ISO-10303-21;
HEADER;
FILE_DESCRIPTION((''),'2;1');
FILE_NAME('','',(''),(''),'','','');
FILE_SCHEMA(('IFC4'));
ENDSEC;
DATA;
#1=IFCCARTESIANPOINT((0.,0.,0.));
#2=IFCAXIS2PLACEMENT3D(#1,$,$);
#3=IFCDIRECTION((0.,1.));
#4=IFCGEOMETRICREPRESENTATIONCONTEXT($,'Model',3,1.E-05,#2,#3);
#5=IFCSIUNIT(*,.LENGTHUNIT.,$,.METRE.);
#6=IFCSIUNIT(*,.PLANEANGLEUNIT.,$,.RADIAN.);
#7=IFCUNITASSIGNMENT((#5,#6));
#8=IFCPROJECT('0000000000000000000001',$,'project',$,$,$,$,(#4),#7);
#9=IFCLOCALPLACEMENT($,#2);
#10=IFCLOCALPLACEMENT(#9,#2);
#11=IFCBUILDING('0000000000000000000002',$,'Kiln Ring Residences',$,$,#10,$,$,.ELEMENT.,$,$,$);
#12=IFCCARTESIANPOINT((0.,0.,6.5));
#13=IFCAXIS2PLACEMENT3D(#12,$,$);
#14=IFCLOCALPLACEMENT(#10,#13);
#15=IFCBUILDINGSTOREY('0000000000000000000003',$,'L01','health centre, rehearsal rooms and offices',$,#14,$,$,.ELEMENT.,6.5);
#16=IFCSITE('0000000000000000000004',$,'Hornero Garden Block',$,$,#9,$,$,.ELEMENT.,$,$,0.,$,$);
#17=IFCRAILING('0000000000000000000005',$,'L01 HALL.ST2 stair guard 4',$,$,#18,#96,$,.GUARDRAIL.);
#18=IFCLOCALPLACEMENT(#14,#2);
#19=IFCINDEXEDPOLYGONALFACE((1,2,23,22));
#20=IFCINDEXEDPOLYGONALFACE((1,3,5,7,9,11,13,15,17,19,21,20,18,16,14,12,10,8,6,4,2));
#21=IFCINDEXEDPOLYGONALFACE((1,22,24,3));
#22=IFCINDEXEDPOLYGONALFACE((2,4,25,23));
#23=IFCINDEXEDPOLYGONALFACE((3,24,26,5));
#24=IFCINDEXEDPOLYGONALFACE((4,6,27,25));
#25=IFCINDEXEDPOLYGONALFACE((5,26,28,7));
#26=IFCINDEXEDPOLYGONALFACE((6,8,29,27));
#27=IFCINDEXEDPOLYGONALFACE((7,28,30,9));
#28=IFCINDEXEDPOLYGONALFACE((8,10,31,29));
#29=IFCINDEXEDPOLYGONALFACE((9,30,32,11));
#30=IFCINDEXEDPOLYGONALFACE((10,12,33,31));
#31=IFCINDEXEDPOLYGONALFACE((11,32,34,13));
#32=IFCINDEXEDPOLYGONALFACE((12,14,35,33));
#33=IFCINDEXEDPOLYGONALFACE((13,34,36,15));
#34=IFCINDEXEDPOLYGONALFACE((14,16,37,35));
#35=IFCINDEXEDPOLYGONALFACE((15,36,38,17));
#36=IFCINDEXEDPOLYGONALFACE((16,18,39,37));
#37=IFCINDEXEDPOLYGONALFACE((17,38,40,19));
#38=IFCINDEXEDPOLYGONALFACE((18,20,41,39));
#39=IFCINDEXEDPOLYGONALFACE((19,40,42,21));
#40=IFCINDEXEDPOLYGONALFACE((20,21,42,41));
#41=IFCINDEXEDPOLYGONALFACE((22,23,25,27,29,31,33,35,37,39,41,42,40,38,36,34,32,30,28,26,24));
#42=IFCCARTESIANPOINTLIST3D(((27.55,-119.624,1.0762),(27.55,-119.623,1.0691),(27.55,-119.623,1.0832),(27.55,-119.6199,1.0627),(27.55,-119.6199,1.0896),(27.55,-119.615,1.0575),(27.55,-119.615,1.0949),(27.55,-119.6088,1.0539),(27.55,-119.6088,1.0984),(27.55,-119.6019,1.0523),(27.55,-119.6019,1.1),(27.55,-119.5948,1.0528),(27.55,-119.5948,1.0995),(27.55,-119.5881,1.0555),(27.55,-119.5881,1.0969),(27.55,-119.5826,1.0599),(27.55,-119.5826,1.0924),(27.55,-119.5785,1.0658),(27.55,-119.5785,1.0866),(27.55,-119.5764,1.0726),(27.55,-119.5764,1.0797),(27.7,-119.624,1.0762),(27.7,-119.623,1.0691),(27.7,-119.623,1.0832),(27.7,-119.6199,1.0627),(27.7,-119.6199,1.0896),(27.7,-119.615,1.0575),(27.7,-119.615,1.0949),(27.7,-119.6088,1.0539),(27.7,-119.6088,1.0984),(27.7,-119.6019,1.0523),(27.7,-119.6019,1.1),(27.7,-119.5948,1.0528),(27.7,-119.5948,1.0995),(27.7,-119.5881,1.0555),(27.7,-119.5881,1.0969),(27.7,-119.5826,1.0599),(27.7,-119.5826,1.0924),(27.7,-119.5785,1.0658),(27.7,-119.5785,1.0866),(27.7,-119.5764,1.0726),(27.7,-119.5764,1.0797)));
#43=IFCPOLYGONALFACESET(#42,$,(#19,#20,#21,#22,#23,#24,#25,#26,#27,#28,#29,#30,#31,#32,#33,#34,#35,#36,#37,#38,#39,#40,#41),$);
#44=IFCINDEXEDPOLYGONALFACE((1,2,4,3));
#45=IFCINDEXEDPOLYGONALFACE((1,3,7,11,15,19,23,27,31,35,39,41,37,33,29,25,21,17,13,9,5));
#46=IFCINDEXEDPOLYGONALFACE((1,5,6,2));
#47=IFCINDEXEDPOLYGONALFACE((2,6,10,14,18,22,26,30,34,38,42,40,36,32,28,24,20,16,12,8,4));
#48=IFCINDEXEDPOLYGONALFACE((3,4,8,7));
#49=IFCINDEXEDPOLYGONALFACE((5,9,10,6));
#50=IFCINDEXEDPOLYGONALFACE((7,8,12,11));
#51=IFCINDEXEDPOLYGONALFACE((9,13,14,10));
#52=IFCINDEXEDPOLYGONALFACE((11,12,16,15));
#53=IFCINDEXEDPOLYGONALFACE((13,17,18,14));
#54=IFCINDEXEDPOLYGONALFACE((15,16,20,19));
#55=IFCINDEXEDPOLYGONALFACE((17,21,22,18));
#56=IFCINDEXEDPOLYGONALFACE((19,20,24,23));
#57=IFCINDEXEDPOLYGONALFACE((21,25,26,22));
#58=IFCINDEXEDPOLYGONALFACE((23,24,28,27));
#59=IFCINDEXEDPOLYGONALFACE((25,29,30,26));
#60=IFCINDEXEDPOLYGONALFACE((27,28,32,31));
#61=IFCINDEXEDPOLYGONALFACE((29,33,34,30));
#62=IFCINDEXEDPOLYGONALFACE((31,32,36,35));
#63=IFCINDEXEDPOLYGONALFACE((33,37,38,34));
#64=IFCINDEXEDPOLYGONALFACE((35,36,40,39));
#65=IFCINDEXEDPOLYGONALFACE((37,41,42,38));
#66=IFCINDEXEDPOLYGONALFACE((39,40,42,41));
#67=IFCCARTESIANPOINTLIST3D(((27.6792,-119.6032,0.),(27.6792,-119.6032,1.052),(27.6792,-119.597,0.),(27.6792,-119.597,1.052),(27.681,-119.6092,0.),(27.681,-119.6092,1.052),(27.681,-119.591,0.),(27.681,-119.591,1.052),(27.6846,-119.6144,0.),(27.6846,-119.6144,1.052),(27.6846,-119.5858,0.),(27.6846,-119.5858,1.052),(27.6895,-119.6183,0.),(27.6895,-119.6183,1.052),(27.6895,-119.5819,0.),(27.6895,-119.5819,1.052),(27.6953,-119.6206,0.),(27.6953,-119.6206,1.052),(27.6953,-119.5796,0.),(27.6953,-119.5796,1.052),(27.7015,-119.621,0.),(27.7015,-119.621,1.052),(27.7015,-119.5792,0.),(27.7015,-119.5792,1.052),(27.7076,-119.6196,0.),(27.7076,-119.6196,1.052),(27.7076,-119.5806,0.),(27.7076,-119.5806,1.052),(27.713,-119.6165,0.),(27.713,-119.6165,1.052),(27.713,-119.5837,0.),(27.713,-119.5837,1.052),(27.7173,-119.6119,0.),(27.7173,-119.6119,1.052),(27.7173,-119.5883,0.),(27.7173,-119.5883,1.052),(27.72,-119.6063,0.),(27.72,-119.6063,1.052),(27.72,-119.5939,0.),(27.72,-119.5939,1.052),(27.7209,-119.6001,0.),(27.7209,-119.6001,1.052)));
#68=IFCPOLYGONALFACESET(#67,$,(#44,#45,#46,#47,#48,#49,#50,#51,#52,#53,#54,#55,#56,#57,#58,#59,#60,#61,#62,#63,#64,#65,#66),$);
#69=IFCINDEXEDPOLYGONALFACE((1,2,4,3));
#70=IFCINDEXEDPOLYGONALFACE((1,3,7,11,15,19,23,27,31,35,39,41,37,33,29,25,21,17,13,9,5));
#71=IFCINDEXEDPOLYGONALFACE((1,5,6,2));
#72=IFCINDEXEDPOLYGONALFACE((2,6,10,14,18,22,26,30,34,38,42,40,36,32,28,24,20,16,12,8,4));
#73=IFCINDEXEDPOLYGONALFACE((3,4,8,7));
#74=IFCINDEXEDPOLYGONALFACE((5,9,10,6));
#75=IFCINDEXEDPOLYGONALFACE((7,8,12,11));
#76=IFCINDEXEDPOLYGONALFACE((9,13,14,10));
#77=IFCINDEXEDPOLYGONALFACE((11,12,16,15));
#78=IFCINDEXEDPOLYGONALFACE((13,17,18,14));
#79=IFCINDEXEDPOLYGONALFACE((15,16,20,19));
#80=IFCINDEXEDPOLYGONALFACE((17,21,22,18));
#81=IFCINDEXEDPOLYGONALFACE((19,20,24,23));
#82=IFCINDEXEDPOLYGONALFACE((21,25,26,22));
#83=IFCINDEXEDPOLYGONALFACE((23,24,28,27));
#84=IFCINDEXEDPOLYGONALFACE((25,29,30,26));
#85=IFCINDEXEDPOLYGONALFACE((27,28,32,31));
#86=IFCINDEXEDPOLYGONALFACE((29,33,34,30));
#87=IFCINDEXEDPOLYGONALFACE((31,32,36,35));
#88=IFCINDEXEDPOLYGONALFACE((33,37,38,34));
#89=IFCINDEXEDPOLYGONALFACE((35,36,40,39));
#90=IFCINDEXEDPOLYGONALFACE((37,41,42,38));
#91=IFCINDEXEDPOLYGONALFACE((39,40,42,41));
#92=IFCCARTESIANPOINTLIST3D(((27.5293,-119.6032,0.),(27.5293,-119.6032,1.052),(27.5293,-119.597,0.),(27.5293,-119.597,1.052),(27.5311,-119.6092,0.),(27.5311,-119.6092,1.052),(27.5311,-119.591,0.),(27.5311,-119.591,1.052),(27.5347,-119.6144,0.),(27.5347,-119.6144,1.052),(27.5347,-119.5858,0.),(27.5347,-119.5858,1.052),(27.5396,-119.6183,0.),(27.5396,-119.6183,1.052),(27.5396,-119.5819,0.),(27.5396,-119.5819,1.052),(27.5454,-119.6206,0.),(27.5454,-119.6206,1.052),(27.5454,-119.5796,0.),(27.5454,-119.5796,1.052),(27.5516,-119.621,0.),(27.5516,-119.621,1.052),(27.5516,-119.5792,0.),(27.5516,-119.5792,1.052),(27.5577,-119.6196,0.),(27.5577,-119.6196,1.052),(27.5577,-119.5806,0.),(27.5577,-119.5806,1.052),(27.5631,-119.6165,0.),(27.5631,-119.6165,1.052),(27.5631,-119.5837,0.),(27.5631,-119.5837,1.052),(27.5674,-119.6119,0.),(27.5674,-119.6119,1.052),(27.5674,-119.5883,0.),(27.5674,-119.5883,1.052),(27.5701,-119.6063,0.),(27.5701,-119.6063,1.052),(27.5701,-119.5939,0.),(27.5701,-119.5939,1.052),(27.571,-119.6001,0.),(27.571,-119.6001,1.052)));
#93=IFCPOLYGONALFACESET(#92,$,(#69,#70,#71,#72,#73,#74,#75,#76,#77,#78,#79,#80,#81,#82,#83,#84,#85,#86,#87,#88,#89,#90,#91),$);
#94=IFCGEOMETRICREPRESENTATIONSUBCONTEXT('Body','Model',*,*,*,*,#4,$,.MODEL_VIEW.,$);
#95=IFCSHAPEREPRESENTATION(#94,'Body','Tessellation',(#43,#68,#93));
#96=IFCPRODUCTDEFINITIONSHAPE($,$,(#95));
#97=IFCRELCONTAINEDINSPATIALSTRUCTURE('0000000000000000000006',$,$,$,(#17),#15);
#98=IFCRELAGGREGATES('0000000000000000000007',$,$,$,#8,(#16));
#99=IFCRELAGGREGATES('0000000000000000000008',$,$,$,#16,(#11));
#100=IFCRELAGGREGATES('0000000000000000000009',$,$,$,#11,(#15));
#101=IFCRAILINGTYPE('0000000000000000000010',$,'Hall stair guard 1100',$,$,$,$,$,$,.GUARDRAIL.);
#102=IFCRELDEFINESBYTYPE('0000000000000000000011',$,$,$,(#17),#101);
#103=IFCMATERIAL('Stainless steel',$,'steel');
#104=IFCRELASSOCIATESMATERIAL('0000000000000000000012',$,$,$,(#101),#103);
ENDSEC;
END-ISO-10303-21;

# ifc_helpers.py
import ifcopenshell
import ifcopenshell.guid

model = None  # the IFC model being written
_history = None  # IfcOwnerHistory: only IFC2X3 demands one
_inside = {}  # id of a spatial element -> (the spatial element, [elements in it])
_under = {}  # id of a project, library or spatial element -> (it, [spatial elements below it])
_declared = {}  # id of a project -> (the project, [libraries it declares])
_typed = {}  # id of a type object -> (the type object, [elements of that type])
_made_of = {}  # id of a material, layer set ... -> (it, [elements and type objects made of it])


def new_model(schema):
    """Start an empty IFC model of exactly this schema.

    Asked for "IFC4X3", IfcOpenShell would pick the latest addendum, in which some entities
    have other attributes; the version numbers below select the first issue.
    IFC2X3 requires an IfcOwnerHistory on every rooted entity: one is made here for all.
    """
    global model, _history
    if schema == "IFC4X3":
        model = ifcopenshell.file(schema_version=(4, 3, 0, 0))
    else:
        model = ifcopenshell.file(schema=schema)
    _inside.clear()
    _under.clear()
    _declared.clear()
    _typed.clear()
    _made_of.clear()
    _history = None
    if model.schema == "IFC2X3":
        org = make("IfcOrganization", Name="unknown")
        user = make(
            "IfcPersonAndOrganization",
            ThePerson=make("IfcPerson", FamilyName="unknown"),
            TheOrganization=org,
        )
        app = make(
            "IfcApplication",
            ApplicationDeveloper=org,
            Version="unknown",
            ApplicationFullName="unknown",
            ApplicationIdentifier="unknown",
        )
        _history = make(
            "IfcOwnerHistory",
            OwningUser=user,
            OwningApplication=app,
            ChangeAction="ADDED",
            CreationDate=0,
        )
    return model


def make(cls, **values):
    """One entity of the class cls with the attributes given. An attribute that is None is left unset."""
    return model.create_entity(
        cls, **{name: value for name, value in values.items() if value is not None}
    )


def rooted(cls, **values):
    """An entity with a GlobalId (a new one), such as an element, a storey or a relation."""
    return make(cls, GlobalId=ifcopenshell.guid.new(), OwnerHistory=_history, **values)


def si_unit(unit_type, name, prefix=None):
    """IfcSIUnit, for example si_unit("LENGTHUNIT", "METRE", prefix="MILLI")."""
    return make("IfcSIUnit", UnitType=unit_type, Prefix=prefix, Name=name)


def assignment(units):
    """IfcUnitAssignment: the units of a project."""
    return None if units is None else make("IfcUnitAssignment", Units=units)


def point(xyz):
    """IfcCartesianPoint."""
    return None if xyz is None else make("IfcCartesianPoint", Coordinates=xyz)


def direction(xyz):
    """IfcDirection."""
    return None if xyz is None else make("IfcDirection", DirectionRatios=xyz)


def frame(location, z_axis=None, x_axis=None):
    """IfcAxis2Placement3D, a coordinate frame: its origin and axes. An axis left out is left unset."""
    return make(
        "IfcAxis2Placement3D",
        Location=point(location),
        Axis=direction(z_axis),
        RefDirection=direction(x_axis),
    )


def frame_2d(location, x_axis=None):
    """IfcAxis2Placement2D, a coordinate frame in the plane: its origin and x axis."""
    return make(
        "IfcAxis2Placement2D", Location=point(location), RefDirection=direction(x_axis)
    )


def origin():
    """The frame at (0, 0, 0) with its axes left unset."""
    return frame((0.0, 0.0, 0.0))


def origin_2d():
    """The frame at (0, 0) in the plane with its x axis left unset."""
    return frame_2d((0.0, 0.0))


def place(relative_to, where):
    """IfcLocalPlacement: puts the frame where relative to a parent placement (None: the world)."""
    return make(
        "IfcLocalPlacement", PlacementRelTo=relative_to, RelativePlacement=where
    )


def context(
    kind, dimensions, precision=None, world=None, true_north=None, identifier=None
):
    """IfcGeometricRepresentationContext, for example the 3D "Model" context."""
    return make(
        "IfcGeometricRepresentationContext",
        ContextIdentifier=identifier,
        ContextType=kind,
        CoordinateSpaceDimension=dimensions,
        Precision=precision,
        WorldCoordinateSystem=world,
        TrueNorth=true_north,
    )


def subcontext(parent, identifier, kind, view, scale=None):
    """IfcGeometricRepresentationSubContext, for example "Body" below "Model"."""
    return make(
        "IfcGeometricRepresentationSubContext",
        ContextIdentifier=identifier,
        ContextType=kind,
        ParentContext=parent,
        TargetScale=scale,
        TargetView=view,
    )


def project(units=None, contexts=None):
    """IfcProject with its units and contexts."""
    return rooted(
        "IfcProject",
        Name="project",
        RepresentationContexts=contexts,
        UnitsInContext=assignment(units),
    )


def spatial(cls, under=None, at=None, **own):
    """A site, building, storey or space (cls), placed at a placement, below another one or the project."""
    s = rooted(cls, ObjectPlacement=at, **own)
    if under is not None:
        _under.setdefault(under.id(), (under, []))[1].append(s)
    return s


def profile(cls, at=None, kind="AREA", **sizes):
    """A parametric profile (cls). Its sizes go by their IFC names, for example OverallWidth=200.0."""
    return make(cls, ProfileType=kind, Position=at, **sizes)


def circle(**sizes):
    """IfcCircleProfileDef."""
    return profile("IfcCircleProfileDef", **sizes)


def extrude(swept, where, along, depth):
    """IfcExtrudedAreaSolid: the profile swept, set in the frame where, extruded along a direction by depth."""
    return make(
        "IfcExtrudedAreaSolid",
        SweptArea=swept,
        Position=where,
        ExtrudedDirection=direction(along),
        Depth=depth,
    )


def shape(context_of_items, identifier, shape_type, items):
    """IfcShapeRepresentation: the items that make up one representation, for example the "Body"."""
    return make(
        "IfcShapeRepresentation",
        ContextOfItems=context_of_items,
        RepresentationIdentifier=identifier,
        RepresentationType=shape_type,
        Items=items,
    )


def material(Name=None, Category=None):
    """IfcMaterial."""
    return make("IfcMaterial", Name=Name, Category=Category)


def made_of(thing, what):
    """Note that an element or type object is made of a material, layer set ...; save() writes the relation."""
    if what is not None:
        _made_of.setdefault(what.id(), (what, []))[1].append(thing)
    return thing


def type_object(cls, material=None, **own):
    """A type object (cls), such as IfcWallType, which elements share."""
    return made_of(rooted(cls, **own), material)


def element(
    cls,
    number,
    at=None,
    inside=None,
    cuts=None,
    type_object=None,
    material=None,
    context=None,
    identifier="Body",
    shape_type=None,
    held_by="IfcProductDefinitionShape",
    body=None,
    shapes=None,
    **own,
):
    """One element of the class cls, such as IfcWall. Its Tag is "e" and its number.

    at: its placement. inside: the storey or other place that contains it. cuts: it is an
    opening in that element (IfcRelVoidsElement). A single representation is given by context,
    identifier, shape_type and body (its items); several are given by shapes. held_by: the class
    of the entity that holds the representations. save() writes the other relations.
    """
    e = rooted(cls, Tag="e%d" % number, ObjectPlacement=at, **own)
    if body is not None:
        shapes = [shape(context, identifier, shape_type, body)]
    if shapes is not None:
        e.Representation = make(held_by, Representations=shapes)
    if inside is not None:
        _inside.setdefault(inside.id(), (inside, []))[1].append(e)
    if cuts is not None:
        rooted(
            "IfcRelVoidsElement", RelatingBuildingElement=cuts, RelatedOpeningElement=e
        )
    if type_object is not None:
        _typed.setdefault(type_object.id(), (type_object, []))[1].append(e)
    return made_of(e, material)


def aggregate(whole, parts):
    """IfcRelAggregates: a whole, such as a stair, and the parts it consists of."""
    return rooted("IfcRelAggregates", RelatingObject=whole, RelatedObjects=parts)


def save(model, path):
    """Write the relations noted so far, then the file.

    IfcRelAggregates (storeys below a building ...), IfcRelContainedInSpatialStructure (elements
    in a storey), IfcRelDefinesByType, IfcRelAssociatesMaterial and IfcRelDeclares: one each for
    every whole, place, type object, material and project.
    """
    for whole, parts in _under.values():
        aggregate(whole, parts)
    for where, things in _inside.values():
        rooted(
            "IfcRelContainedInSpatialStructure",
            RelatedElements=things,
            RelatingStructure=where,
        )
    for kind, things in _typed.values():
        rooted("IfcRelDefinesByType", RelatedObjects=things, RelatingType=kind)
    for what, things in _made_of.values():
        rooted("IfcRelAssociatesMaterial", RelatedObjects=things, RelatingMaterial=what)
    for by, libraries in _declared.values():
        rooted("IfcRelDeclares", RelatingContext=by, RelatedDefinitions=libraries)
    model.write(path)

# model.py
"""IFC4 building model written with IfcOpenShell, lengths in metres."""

from ifc_helpers import new_model, si_unit, direction, frame, origin, origin_2d, place, context, subcontext, project, spatial, circle, extrude, material, type_object, element, save


model = new_model("IFC4")

# Units and contexts
model_context = context("Model", 3, precision=1e-05, world=origin(), true_north=direction((0.0, 1.0)))
body_context = subcontext(model_context, "Body", "Model", "MODEL_VIEW")
ifc_project = project(units=[si_unit("LENGTHUNIT", "METRE"), si_unit("PLANEANGLEUNIT", "RADIAN")], contexts=[model_context])

# Site, building, storey
site_placement = place(None, origin())
site = spatial("IfcSite", under=ifc_project, at=site_placement, Name="Hornero Garden Block", CompositionType="ELEMENT", RefElevation=0.0)
building_placement = place(site_placement, origin())
building = spatial("IfcBuilding", under=site, at=building_placement, Name="Kiln Ring Residences", CompositionType="ELEMENT")
storey_placement = place(building_placement, frame((0.0, 0.0, 6.5)))
storey = spatial("IfcBuildingStorey", under=building, at=storey_placement, Name="L01", Description="health centre, rehearsal rooms and offices", CompositionType="ELEMENT", Elevation=6.5)

# Railing
ifc_material_1 = material(Name="Stainless steel", Category="steel")
railing_type_1 = type_object("IfcRailingType", Name="Hall stair guard 1100", PredefinedType="GUARDRAIL", material=ifc_material_1)
railing_1_placement = place(storey_placement, frame((27.7, -119.6001, 0.0)))
element("IfcRailing", 1, at=railing_1_placement, inside=storey, type_object=railing_type_1, Name="L01 HALL.ST2 stair guard 4", PredefinedType="GUARDRAIL", context=body_context, shape_type="SweptSolid", body=[
    extrude(circle(Radius=0.0239, at=origin_2d()), frame((0.0, 0.0, 1.0762), z_axis=(-1.0, 0.0, 0.0), x_axis=(0.0, -1.0, 0.0)), (0.0, 0.0, 1.0), 0.1499),
    extrude(circle(Radius=0.021, at=origin_2d()), origin(), (0.0, 0.0, 1.0), 1.052),
    extrude(circle(Radius=0.021, at=origin_2d()), frame((-0.1499, 0.0, 0.0)), (0.0, 0.0, 1.0), 1.052),
])

save(model, "model.ifc")
